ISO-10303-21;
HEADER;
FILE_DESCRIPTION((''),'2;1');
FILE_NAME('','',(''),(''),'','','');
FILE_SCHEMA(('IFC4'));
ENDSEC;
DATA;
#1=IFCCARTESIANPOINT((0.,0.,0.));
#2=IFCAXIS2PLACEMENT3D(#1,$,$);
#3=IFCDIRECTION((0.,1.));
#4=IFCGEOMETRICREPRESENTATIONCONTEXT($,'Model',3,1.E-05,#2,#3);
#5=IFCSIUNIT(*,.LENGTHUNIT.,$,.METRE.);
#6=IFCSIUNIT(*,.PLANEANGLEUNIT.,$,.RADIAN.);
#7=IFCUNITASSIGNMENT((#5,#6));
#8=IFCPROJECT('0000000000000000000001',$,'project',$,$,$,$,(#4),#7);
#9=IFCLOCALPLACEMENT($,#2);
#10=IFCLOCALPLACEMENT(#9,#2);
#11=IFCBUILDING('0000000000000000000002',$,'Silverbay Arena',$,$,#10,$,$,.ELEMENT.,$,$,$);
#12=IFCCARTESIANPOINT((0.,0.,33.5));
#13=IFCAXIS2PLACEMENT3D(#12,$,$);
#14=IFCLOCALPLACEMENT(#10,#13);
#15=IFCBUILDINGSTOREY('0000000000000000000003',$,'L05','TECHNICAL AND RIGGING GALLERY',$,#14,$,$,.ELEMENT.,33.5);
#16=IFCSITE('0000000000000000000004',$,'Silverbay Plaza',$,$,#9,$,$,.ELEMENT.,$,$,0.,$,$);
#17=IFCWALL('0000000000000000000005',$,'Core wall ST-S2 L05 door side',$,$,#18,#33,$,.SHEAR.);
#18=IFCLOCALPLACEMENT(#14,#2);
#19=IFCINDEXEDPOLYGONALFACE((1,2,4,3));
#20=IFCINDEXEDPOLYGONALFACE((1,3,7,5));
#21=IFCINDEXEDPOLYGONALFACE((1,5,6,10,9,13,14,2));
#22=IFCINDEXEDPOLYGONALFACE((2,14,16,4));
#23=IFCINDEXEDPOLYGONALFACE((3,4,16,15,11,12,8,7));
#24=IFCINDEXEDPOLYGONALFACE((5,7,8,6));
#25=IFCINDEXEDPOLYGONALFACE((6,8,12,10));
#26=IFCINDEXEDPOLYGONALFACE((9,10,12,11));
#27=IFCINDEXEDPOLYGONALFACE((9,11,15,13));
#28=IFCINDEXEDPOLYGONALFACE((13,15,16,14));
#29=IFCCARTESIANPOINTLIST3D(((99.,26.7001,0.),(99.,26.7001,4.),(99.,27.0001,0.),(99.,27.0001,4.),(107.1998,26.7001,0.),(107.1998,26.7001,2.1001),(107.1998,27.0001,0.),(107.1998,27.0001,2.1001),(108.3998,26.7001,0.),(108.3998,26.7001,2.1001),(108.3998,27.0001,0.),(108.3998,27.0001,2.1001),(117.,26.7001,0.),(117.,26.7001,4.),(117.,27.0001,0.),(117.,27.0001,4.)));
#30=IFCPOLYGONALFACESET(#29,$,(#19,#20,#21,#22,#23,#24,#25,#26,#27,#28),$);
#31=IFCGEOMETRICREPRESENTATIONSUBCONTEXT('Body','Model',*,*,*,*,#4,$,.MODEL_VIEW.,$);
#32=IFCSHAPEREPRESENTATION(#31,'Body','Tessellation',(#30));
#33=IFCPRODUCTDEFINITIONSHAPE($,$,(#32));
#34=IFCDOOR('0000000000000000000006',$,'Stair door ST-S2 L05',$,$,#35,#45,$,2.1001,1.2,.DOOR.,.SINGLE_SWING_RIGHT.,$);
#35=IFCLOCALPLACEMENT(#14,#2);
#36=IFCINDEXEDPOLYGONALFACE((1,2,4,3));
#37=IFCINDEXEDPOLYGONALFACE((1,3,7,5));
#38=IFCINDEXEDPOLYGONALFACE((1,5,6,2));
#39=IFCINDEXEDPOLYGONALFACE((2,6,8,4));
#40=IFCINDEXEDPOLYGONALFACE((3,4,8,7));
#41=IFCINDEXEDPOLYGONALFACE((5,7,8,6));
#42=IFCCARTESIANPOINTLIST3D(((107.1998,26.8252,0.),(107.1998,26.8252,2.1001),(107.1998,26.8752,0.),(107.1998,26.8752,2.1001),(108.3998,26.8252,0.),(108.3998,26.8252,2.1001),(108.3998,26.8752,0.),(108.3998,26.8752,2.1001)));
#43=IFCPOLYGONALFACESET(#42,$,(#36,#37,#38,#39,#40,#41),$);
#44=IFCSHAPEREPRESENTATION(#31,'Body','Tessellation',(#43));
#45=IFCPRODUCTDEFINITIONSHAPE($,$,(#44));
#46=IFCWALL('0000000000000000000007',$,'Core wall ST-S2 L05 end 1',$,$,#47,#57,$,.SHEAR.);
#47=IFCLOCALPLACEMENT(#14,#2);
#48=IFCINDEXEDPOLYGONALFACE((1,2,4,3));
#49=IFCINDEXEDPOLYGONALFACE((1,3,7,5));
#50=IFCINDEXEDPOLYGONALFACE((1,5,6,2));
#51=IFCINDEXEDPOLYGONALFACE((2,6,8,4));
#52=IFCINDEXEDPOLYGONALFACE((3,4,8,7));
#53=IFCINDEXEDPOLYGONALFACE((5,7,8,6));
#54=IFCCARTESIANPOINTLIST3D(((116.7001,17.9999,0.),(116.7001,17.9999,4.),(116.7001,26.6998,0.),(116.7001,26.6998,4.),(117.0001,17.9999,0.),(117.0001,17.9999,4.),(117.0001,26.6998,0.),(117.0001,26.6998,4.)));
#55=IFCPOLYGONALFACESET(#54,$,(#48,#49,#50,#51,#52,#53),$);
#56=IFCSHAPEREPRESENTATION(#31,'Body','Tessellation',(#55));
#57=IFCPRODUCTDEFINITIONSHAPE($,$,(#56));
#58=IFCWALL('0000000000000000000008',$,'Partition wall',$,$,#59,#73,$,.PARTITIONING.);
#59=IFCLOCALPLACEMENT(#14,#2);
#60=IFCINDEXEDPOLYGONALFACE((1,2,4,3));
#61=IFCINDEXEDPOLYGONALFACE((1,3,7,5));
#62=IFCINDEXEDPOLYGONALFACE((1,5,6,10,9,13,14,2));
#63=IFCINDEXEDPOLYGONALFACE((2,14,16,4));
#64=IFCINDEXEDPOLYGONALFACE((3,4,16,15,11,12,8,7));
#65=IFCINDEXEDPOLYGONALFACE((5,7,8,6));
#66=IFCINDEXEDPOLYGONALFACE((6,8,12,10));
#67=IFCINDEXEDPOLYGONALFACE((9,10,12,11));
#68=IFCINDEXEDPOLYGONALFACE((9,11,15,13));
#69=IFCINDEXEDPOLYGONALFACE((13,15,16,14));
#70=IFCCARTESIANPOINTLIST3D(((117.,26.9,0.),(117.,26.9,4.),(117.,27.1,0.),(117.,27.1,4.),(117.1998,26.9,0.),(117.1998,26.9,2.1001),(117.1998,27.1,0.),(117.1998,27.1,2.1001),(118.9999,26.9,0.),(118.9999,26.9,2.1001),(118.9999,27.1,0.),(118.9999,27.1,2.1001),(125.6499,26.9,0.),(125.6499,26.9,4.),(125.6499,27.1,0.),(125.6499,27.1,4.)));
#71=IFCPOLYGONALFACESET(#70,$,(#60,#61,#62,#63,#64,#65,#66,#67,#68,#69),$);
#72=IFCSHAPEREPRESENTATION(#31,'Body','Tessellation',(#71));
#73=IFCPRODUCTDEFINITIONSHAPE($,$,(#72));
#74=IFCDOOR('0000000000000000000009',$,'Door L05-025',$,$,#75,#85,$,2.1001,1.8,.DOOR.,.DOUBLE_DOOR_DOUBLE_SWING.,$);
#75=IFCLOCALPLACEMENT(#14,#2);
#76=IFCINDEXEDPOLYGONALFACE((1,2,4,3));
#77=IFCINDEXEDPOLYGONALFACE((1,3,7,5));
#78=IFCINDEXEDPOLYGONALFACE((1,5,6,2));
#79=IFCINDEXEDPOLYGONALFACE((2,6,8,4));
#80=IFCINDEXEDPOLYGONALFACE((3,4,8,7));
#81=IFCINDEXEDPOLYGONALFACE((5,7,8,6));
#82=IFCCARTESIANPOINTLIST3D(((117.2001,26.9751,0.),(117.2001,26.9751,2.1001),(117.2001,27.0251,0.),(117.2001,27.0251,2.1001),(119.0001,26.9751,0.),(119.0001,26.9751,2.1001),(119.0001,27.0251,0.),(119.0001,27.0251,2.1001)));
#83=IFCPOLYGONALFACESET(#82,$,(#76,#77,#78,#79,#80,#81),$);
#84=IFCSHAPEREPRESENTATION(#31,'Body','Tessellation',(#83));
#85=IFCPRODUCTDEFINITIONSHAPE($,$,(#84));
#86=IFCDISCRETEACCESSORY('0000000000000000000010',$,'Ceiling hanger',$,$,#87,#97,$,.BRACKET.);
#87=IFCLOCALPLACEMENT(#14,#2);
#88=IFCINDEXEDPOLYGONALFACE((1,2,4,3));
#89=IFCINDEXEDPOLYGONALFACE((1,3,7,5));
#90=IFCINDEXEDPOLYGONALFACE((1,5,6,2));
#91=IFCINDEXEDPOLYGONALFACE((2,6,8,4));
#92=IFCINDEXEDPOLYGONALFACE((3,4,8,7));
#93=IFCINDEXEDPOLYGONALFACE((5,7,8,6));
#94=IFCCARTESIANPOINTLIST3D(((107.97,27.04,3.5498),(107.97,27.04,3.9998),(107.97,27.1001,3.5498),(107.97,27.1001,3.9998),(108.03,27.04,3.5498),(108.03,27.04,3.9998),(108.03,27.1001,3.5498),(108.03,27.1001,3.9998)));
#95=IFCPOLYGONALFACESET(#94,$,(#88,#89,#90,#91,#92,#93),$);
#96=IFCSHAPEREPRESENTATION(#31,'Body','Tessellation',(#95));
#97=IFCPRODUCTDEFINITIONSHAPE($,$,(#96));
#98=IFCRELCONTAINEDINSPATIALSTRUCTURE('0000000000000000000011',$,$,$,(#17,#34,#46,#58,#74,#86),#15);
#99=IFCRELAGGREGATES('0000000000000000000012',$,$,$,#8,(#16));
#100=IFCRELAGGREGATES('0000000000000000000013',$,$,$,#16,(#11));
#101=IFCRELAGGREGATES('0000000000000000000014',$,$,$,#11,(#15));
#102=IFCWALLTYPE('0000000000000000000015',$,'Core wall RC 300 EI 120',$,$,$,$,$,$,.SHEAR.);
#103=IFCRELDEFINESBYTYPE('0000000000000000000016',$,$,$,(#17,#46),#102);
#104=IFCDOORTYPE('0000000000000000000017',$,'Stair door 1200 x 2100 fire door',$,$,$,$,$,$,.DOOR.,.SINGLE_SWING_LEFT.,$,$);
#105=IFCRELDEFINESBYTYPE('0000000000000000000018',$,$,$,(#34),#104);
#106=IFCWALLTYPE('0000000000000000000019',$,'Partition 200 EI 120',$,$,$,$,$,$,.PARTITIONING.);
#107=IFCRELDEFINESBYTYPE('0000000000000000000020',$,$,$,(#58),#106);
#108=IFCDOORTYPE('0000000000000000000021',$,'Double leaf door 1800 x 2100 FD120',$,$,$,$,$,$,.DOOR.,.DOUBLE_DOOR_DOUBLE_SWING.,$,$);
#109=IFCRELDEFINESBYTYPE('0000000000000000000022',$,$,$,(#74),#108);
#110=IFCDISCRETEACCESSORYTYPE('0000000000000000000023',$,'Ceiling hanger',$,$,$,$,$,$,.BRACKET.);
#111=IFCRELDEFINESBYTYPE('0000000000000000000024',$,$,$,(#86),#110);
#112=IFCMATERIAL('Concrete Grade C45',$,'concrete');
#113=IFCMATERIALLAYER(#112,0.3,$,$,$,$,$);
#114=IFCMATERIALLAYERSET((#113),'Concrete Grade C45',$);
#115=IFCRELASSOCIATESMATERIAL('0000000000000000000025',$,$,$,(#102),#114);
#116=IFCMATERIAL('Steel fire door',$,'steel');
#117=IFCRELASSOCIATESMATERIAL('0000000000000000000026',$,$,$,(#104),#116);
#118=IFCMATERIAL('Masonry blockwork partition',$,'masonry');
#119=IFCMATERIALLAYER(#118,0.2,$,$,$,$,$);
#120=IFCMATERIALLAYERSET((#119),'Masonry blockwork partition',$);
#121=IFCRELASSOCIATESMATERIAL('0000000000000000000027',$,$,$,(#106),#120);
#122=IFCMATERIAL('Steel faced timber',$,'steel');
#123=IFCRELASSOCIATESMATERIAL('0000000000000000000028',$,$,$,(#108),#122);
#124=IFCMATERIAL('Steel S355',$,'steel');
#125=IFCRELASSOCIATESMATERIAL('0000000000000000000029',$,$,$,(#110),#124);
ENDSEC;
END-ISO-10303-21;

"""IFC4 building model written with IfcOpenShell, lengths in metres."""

from ifc_helpers import new_model, si_unit, direction, frame, frame_2d, origin, origin_2d, place, context, subcontext, project, spatial, rectangle, extrude, material, layer, layer_set, type_object, element, fill, save


model = new_model("IFC4")

# Units and contexts
model_context = context("Model", 3, precision=1e-05, world=origin(), true_north=direction((0.0, 1.0)))
body_context = subcontext(model_context, "Body", "Model", "MODEL_VIEW")
ifc_project = project(units=[si_unit("LENGTHUNIT", "METRE"), si_unit("PLANEANGLEUNIT", "RADIAN")], contexts=[model_context])

# Site, building, storey
site_placement = place(None, origin())
site = spatial("IfcSite", under=ifc_project, at=site_placement, Name="Silverbay Plaza", CompositionType="ELEMENT", RefElevation=0.0)
building_placement = place(site_placement, origin())
building = spatial("IfcBuilding", under=site, at=building_placement, Name="Silverbay Arena", CompositionType="ELEMENT")
storey_placement = place(building_placement, frame((0.0, 0.0, 33.5)))
storey = spatial("IfcBuildingStorey", under=building, at=storey_placement, Name="L05", Description="TECHNICAL AND RIGGING GALLERY", CompositionType="ELEMENT", Elevation=33.5)

# Wall, opening, door
ifc_material_1 = material(Name="Concrete Grade C45", Category="concrete")
ifc_layer_1 = layer(ifc_material_1, 0.3)
ifc_layer_set_1 = layer_set([ifc_layer_1], Name="Concrete Grade C45")
wall_type_1 = type_object("IfcWallType", Name="Core wall RC 300 EI 120", PredefinedType="SHEAR", material=ifc_layer_set_1)
wall_1_placement = place(storey_placement, frame((117.0, 26.8501, 0.0), z_axis=(0.0, 0.0, 1.0), x_axis=(-1.0, 0.0, 0.0)))
wall_1 = element("IfcWall", 1, at=wall_1_placement, inside=storey, type_object=wall_type_1, Name="Core wall ST-S2 L05 door side", PredefinedType="SHEAR", context=body_context, shape_type="SweptSolid", body=[
    extrude(rectangle(XDim=18.0, YDim=0.3, at=frame_2d((9.0, 0.0))), origin(), (0.0, 0.0, 1.0), 4.0),
])
opening_1_placement = place(wall_1_placement, frame((8.6001, 0.0, 0.0)))
opening_1 = element("IfcOpeningElement", 2, at=opening_1_placement, cuts=wall_1, PredefinedType="OPENING", context=body_context, shape_type="SweptSolid", body=[
    extrude(rectangle(XDim=1.2, YDim=2.1001, at=frame_2d((0.6001, 1.05))), frame((0.0, 0.1602, 0.0), z_axis=(0.0, -1.0, 0.0), x_axis=(1.0, 0.0, 0.0)), (0.0, 0.0, 1.0), 0.3201),
])
ifc_material_2 = material(Name="Steel fire door", Category="steel")
door_type_1 = type_object("IfcDoorType", Name="Stair door 1200 x 2100 fire door", OperationType="SINGLE_SWING_LEFT", PredefinedType="DOOR", material=ifc_material_2)
door_1_placement = place(opening_1_placement, origin())
door_1 = element("IfcDoor", 3, at=door_1_placement, inside=storey, type_object=door_type_1, Name="Stair door ST-S2 L05", OperationType="SINGLE_SWING_RIGHT", OverallHeight=2.1001, OverallWidth=1.2, PredefinedType="DOOR", context=body_context, shape_type="SweptSolid", body=[
    extrude(rectangle(XDim=1.2, YDim=2.1001, at=frame_2d((0.6001, 1.05))), frame((0.0, 0.0249, 0.0), z_axis=(0.0, -1.0, 0.0), x_axis=(1.0, 0.0, 0.0)), (0.0, 0.0, 1.0), 0.05),
])
fill(opening_1, door_1)

# Wall
wall_2_placement = place(storey_placement, frame((116.8501, 26.7, 0.0), z_axis=(0.0, 0.0, 1.0), x_axis=(0.0, -1.0, 0.0)))
element("IfcWall", 4, at=wall_2_placement, inside=storey, type_object=wall_type_1, Name="Core wall ST-S2 L05 end 1", PredefinedType="SHEAR", context=body_context, shape_type="SweptSolid", body=[
    extrude(rectangle(XDim=8.7, YDim=0.3, at=frame_2d((4.3501, 0.0))), origin(), (0.0, 0.0, 1.0), 4.0),
])

# Wall, opening, door
ifc_material_3 = material(Name="Masonry blockwork partition", Category="masonry")
ifc_layer_2 = layer(ifc_material_3, 0.2)
ifc_layer_set_2 = layer_set([ifc_layer_2], Name="Masonry blockwork partition")
wall_type_2 = type_object("IfcWallType", Name="Partition 200 EI 120", PredefinedType="PARTITIONING", material=ifc_layer_set_2)
wall_3_placement = place(storey_placement, frame((117.0, 27.0, 0.0), z_axis=(0.0, 0.0, 1.0), x_axis=(1.0, 0.0, 0.0)))
wall_3 = element("IfcWall", 5, at=wall_3_placement, inside=storey, type_object=wall_type_2, Name="Partition wall", PredefinedType="PARTITIONING", context=body_context, shape_type="SweptSolid", body=[
    extrude(rectangle(XDim=8.6499, YDim=0.2, at=frame_2d((4.325, 0.0))), origin(), (0.0, 0.0, 1.0), 4.0),
])
opening_2_placement = place(wall_3_placement, frame((0.2, 0.0, 0.0)))
opening_2 = element("IfcOpeningElement", 6, at=opening_2_placement, cuts=wall_3, PredefinedType="OPENING", context=body_context, shape_type="SweptSolid", body=[
    extrude(rectangle(XDim=1.8, YDim=2.1001, at=frame_2d((0.8999, 1.05))), frame((0.0, 0.1099, 0.0), z_axis=(0.0, -1.0, 0.0), x_axis=(1.0, 0.0, 0.0)), (0.0, 0.0, 1.0), 0.22),
])
ifc_material_4 = material(Name="Steel faced timber", Category="steel")
door_type_2 = type_object("IfcDoorType", Name="Double leaf door 1800 x 2100 FD120", OperationType="DOUBLE_DOOR_DOUBLE_SWING", PredefinedType="DOOR", material=ifc_material_4)
door_2_placement = place(opening_2_placement, frame((1.8, 0.0, 0.0), z_axis=(0.0, 0.0, 1.0), x_axis=(-1.0, 0.0, 0.0)))
door_2 = element("IfcDoor", 7, at=door_2_placement, inside=storey, type_object=door_type_2, Name="Door L05-025", OperationType="DOUBLE_DOOR_DOUBLE_SWING", OverallHeight=2.1001, OverallWidth=1.8, PredefinedType="DOOR", context=body_context, shape_type="SweptSolid", body=[
    extrude(rectangle(XDim=1.8, YDim=2.1001, at=frame_2d((0.8999, 1.05))), frame((0.0, 0.0249, 0.0), z_axis=(0.0, -1.0, 0.0), x_axis=(1.0, 0.0, 0.0)), (0.0, 0.0, 1.0), 0.05),
])
fill(opening_2, door_2)

# Discrete accessory
ifc_material_5 = material(Name="Steel S355", Category="steel")
discrete_accessory_type = type_object("IfcDiscreteAccessoryType", Name="Ceiling hanger", PredefinedType="BRACKET", material=ifc_material_5)
discrete_accessory_placement = place(storey_placement, frame((108.0, 27.0701, 3.5498), z_axis=(0.0, 0.0, 1.0), x_axis=(1.0, 0.0, 0.0)))
element("IfcDiscreteAccessory", 8, at=discrete_accessory_placement, inside=storey, type_object=discrete_accessory_type, Name="Ceiling hanger", PredefinedType="BRACKET", context=body_context, shape_type="SweptSolid", body=[
    extrude(rectangle(XDim=0.0601, YDim=0.0601, at=origin_2d()), origin(), (0.0, 0.0, 1.0), 0.45),
])

save(model, "model.ifc")
